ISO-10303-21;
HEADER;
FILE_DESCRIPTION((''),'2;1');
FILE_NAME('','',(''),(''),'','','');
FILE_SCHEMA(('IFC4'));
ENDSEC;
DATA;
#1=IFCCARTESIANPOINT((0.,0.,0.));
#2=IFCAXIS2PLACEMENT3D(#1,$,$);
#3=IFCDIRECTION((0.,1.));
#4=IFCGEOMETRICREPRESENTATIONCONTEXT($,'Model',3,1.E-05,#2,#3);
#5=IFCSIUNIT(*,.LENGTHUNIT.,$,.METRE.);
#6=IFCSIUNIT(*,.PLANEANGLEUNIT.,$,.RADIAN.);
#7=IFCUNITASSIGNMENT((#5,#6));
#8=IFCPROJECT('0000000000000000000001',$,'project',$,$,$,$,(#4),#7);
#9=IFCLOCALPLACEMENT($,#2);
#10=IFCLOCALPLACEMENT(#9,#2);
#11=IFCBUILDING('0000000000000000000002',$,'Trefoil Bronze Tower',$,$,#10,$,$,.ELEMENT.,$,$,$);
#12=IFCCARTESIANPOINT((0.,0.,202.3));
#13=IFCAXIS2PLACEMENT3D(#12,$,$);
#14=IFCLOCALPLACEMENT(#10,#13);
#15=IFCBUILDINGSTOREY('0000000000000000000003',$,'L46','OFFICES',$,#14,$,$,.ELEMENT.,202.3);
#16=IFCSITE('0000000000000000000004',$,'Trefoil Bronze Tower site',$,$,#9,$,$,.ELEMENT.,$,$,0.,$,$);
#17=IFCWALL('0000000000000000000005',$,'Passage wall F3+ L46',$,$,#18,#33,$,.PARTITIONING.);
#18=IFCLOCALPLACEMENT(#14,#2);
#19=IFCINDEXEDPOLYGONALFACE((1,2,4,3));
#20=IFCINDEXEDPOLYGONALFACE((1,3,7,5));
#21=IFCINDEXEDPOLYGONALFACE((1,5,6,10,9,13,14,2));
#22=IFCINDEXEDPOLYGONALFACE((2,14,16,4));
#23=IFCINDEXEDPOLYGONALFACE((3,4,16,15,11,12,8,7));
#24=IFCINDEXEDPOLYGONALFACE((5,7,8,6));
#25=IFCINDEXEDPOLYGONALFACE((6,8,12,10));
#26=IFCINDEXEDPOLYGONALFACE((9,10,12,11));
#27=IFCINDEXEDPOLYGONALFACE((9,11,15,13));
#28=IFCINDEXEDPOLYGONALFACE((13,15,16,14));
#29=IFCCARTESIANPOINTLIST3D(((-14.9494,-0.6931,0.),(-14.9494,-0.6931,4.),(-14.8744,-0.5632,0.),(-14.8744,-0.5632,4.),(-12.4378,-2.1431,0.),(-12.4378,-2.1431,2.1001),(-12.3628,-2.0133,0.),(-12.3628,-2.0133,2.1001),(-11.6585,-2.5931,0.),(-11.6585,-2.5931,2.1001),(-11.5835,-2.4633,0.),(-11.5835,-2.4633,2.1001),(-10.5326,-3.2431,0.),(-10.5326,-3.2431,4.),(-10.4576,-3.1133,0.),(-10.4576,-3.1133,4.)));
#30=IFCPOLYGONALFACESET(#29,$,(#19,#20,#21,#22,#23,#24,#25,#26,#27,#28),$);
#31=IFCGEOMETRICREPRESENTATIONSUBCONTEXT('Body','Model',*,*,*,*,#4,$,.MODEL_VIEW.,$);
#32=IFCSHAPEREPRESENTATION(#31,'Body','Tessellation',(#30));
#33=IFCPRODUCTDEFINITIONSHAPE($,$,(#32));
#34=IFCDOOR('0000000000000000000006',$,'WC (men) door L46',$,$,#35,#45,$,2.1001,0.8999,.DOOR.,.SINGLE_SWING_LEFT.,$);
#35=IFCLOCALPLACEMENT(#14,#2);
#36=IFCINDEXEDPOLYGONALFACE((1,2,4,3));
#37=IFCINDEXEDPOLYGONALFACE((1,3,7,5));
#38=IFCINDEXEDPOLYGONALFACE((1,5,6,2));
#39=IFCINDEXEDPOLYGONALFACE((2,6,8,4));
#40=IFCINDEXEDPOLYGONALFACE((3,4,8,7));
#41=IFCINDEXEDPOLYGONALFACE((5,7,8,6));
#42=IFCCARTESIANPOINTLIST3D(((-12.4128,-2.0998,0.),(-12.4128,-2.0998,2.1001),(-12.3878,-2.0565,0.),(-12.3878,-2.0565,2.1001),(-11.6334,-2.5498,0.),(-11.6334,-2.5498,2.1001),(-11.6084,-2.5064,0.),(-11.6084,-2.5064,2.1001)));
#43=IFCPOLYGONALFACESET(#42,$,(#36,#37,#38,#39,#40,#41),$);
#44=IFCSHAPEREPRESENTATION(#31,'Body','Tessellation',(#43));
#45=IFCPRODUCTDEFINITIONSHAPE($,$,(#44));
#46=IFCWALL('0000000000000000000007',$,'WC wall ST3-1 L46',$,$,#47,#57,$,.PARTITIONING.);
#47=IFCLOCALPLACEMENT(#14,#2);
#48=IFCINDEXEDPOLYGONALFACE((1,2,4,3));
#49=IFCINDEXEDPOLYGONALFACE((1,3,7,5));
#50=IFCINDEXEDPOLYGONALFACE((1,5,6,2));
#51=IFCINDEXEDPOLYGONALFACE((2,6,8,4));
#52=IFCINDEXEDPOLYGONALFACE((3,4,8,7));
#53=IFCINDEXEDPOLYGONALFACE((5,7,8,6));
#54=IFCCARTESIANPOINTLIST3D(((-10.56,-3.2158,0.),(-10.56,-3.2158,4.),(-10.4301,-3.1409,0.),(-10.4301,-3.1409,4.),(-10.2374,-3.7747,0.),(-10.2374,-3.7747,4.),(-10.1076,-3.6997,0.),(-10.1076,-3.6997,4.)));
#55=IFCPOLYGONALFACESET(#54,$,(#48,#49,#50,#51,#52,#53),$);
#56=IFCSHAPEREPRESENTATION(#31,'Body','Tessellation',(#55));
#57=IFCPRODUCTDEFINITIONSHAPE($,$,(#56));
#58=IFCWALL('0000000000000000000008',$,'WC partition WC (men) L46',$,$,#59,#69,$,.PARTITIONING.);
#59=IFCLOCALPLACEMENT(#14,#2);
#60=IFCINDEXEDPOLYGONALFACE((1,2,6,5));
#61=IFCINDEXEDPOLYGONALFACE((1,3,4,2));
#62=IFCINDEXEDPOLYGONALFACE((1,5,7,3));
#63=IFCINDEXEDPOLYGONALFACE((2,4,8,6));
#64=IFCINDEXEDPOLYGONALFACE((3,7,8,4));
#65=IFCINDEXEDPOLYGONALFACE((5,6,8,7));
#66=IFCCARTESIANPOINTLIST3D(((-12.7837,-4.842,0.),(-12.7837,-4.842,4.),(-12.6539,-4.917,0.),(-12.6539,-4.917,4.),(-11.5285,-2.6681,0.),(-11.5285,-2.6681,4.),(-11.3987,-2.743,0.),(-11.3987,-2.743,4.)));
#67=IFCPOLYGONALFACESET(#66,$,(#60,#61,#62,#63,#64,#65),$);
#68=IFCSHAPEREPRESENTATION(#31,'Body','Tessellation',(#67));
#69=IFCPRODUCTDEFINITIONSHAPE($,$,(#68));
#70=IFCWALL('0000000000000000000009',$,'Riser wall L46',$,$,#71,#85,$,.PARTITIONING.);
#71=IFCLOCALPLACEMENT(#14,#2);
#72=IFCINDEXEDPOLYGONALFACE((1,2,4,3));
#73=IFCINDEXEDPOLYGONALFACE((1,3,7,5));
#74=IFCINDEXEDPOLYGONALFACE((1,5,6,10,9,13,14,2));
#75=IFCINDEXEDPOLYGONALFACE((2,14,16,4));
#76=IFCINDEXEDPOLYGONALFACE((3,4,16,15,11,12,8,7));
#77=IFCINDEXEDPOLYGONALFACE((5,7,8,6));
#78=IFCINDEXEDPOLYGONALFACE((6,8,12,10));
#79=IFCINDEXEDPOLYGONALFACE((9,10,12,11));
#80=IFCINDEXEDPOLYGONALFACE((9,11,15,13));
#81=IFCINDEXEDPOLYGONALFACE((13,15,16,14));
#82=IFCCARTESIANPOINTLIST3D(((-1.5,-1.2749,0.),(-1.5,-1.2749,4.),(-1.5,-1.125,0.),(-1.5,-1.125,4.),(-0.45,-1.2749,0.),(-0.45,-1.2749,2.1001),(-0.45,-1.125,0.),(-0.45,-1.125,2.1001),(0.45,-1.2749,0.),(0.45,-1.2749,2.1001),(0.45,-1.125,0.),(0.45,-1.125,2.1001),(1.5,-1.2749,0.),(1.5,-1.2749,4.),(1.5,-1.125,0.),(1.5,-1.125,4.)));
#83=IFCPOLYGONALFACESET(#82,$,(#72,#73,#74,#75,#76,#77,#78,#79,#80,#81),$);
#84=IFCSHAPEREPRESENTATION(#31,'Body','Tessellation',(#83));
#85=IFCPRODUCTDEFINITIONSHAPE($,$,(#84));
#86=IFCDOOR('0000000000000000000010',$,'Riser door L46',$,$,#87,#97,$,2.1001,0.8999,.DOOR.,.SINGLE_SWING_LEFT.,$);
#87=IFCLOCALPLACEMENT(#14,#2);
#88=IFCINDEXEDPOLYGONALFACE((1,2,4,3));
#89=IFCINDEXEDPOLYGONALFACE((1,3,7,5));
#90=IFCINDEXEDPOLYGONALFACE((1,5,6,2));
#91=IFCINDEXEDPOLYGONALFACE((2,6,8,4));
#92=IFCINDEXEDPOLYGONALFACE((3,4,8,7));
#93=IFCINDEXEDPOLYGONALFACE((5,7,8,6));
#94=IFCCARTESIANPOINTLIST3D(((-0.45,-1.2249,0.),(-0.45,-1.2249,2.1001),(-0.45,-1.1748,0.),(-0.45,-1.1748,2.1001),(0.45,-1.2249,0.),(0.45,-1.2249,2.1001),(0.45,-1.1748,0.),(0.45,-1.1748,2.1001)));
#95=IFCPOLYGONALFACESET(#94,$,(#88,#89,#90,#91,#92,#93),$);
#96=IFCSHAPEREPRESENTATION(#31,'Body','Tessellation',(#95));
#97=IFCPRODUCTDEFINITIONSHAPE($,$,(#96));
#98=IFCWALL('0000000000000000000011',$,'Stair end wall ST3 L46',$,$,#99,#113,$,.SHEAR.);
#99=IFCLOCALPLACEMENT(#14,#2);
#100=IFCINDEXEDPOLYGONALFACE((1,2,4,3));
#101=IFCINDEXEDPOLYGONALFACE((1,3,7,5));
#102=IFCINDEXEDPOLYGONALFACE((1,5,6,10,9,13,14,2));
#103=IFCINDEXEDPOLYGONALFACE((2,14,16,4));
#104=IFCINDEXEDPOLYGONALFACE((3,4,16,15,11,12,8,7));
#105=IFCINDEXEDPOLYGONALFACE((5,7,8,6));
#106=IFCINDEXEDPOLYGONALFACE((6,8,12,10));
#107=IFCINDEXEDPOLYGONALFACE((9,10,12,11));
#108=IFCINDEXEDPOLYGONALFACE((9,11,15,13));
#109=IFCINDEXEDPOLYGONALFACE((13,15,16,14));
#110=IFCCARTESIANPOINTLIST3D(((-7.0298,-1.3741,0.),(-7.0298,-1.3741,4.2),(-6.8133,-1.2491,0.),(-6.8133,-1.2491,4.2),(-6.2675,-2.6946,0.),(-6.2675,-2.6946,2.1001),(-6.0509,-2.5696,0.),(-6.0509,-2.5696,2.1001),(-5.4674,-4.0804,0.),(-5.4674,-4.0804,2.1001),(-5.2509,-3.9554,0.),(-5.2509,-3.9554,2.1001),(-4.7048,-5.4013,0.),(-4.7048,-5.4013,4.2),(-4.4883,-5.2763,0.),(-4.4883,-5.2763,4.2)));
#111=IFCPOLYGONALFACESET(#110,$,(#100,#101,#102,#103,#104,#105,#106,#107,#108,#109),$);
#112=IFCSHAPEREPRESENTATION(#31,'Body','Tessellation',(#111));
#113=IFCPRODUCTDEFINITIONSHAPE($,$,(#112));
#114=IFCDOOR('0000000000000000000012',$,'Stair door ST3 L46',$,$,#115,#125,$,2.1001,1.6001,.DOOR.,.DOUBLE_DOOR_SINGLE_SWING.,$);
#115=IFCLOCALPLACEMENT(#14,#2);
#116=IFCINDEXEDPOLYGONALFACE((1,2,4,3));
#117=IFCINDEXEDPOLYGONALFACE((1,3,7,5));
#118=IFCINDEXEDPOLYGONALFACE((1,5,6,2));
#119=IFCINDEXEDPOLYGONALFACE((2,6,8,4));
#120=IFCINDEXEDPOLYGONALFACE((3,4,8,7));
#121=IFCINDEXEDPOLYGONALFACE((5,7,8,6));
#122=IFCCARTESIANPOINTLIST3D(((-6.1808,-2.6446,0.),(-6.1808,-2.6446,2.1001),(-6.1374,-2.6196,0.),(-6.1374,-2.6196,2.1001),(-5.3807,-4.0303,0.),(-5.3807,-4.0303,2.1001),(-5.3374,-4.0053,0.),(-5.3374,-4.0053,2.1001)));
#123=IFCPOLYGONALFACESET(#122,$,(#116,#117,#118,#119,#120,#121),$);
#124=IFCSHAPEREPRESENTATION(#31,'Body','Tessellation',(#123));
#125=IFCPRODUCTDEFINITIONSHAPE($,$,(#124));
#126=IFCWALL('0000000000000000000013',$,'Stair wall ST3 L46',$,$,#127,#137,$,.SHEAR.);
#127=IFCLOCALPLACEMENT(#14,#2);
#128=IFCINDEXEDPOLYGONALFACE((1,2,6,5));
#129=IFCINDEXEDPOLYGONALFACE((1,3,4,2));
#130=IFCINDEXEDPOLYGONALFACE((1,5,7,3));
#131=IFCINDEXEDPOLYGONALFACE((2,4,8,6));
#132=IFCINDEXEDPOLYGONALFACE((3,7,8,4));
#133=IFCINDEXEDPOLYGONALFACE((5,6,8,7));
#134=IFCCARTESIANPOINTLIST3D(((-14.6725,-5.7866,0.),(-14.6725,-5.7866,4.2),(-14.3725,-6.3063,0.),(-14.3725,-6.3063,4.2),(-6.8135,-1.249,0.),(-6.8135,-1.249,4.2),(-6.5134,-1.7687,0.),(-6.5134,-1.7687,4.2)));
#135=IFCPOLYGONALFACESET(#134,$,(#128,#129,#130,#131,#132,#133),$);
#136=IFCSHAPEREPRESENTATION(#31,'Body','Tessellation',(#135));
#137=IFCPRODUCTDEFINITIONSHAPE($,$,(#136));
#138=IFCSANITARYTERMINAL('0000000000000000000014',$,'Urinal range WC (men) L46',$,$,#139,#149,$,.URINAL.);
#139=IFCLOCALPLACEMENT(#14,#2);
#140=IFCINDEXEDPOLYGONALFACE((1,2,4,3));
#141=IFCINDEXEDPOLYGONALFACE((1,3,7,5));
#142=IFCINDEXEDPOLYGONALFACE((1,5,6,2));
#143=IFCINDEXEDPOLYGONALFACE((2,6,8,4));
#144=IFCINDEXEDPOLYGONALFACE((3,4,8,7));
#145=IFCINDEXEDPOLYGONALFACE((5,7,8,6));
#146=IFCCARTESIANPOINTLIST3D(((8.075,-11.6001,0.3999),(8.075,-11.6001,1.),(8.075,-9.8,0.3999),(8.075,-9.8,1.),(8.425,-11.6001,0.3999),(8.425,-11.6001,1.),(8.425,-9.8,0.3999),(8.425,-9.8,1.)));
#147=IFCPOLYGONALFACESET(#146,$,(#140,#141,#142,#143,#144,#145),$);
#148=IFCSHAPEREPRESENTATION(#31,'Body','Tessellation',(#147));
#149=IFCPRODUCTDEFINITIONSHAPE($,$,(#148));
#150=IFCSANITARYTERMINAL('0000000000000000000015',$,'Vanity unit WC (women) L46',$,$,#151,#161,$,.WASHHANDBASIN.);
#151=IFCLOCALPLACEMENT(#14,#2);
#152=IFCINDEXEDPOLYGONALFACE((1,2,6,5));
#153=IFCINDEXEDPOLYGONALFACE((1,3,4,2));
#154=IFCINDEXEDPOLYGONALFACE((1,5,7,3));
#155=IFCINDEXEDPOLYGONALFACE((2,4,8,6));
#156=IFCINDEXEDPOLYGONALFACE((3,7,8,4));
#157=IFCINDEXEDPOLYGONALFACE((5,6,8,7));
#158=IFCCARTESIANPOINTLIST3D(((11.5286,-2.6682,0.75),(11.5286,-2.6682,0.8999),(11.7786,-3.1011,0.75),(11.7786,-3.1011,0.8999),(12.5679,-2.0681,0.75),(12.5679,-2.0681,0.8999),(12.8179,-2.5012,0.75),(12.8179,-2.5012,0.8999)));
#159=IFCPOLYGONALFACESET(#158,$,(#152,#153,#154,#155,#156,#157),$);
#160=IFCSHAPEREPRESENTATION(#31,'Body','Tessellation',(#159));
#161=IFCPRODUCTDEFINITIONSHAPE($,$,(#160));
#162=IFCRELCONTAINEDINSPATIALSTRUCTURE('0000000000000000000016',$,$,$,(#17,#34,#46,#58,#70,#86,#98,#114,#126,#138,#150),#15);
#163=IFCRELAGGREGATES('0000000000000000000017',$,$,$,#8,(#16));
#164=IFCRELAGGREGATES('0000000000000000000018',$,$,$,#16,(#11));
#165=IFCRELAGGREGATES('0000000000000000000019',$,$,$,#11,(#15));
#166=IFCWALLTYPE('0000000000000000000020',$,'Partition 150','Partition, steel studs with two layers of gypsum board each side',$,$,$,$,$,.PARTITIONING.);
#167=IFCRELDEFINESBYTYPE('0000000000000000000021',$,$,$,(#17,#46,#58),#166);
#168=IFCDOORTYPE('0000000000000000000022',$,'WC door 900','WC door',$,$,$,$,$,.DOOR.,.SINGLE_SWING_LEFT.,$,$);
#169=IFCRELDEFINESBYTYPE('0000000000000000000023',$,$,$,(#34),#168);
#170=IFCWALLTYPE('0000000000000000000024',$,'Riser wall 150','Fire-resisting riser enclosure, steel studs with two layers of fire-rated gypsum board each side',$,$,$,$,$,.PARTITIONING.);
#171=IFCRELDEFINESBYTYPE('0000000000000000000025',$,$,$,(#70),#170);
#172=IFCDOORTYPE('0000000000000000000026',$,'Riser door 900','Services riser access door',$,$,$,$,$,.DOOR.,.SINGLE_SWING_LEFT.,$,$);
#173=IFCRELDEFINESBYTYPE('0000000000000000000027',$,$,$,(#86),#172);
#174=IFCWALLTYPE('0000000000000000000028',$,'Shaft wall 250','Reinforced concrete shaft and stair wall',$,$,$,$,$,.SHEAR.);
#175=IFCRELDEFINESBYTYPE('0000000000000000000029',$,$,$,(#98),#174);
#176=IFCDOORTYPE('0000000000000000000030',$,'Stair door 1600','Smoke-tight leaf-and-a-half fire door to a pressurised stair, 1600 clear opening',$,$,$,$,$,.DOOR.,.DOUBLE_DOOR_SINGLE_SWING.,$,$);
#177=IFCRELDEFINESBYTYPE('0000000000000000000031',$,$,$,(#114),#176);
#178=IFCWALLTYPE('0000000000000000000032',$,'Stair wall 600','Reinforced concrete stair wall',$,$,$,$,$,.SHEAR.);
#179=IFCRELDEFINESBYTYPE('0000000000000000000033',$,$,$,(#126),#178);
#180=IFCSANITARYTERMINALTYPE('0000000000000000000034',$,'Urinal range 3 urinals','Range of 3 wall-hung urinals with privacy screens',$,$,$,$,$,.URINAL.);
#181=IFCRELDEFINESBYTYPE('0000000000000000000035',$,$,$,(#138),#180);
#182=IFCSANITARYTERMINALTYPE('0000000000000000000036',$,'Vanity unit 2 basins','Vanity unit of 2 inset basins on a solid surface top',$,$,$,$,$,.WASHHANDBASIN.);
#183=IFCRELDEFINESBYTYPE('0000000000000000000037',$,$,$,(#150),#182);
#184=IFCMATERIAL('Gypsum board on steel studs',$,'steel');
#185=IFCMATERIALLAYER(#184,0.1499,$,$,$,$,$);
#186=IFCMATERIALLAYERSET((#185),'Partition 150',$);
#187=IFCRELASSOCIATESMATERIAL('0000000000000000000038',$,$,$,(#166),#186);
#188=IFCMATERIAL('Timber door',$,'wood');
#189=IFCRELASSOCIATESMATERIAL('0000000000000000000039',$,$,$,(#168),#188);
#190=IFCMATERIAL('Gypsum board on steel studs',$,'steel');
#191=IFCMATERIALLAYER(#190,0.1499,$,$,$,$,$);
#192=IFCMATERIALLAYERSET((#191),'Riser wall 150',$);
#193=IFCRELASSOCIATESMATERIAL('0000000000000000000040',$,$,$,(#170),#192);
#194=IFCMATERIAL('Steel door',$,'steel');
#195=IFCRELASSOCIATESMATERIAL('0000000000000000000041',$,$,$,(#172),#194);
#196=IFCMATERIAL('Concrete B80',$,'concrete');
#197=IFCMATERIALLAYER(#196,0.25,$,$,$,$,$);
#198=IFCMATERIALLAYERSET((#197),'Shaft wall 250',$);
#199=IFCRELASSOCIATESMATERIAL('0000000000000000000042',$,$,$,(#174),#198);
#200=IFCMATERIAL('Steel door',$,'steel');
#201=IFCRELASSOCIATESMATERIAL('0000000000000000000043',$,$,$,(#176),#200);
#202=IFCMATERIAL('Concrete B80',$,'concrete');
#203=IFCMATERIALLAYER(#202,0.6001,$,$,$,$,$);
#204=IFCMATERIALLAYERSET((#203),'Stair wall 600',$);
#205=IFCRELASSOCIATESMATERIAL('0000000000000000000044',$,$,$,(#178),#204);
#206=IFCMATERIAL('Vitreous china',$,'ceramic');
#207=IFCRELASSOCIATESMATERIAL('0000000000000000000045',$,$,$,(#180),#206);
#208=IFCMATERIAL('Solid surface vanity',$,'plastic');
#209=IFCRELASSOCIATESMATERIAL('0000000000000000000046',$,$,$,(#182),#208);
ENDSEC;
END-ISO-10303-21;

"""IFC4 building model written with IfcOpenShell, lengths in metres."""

from ifc_helpers import new_model, si_unit, direction, frame, frame_2d, origin, place, context, subcontext, project, spatial, polyline, rectangle, outline, extrude, material, layer, layer_set, type_object, element, fill, save


model = new_model("IFC4")

# Units and contexts
model_context = context("Model", 3, precision=1e-05, world=origin(), true_north=direction((0.0, 1.0)))
body_context = subcontext(model_context, "Body", "Model", "MODEL_VIEW")
ifc_project = project(units=[si_unit("LENGTHUNIT", "METRE"), si_unit("PLANEANGLEUNIT", "RADIAN")], contexts=[model_context])

# Site, building, storey
site_placement = place(None, origin())
site = spatial("IfcSite", under=ifc_project, at=site_placement, Name="Trefoil Bronze Tower site", CompositionType="ELEMENT", RefElevation=0.0)
building_placement = place(site_placement, origin())
building = spatial("IfcBuilding", under=site, at=building_placement, Name="Trefoil Bronze Tower", CompositionType="ELEMENT")
storey_placement = place(building_placement, frame((0.0, 0.0, 202.3)))
storey = spatial("IfcBuildingStorey", under=building, at=storey_placement, Name="L46", Description="OFFICES", CompositionType="ELEMENT", Elevation=202.3)

# Wall, opening, door
ifc_material_1 = material(Name="Gypsum board on steel studs", Category="steel")
ifc_layer_1 = layer(ifc_material_1, 0.1499)
ifc_layer_set_1 = layer_set([ifc_layer_1], Name="Partition 150")
wall_type_1 = type_object("IfcWallType", Name="Partition 150", Description="Partition, steel studs with two layers of gypsum board each side", PredefinedType="PARTITIONING", material=ifc_layer_set_1)
wall_1_placement = place(storey_placement, frame((-10.4951, -3.1782, 0.0), z_axis=(0.0, 0.0, 1.0), x_axis=(-0.866022, 0.500006, 0.0)))
wall_1 = element("IfcWall", 1, at=wall_1_placement, inside=storey, type_object=wall_type_1, Name="Passage wall F3+ L46", PredefinedType="PARTITIONING", context=body_context, shape_type="SweptSolid", body=[
    extrude(rectangle(XDim=5.1001, YDim=0.1499, at=frame_2d((2.55, 0.0))), origin(), (0.0, 0.0, 1.0), 4.0),
])
opening_1_placement = place(wall_1_placement, frame((1.3, 0.0, 0.0)))
opening_1 = element("IfcOpeningElement", 2, at=opening_1_placement, cuts=wall_1, PredefinedType="OPENING", context=body_context, shape_type="SweptSolid", body=[
    extrude(rectangle(XDim=0.8999, YDim=2.1001, at=frame_2d((0.45, 1.05))), frame((0.0, 0.085, 0.0), z_axis=(0.0, -1.0, 0.0), x_axis=(1.0, 0.0, 0.0)), (0.0, 0.0, 1.0), 0.1699),
])
ifc_material_2 = material(Name="Timber door", Category="wood")
door_type_1 = type_object("IfcDoorType", Name="WC door 900", Description="WC door", OperationType="SINGLE_SWING_LEFT", PredefinedType="DOOR", material=ifc_material_2)
door_1_placement = place(opening_1_placement, origin())
door_1 = element("IfcDoor", 3, at=door_1_placement, inside=storey, type_object=door_type_1, Name="WC (men) door L46", OperationType="SINGLE_SWING_LEFT", OverallHeight=2.1001, OverallWidth=0.8999, PredefinedType="DOOR", context=body_context, shape_type="SweptSolid", body=[
    extrude(rectangle(XDim=0.8999, YDim=2.1001, at=frame_2d((0.45, 1.05))), frame((0.0, 0.0249, 0.0), z_axis=(0.0, -1.0, 0.0), x_axis=(1.0, 0.0, 0.0)), (0.0, 0.0, 1.0), 0.05),
])
fill(opening_1, door_1)

# Walls
wall_2_placement = place(storey_placement, frame((-10.4951, -3.1782, 0.0), z_axis=(0.0, 0.0, 1.0), x_axis=(0.499843, -0.866116, 0.0)))
element("IfcWall", 4, at=wall_2_placement, inside=storey, type_object=wall_type_1, Name="WC wall ST3-1 L46", PredefinedType="PARTITIONING", context=body_context, shape_type="SweptSolid", body=[
    extrude(rectangle(XDim=0.6453, YDim=0.1499, at=frame_2d((0.3228, 0.0))), origin(), (0.0, 0.0, 1.0), 4.0),
])
wall_3_placement = place(storey_placement, frame((-11.4636, -2.7056, 0.0), z_axis=(0.0, 0.0, 1.0), x_axis=(-0.50002, -0.866014, 0.0)))
element("IfcWall", 5, at=wall_3_placement, inside=storey, type_object=wall_type_1, Name="WC partition WC (men) L46", PredefinedType="PARTITIONING", context=body_context, shape_type="SweptSolid", body=[
    extrude(rectangle(XDim=2.5103, YDim=0.1499, at=frame_2d((1.2551, 0.0))), origin(), (0.0, 0.0, 1.0), 4.0),
])

# Walls, openings, doors
ifc_material_3 = material(Name="Gypsum board on steel studs", Category="steel")
ifc_layer_2 = layer(ifc_material_3, 0.1499)
ifc_layer_set_2 = layer_set([ifc_layer_2], Name="Riser wall 150")
wall_type_2 = type_object("IfcWallType", Name="Riser wall 150", Description="Fire-resisting riser enclosure, steel studs with two layers of fire-rated gypsum board each side", PredefinedType="PARTITIONING", material=ifc_layer_set_2)
wall_4_placement = place(storey_placement, frame((-1.5, -1.2, 0.0), z_axis=(0.0, 0.0, 1.0), x_axis=(1.0, 0.0, 0.0)))
wall_4 = element("IfcWall", 6, at=wall_4_placement, inside=storey, type_object=wall_type_2, Name="Riser wall L46", PredefinedType="PARTITIONING", context=body_context, shape_type="SweptSolid", body=[
    extrude(rectangle(XDim=3.0, YDim=0.1499, at=frame_2d((1.5, 0.0))), origin(), (0.0, 0.0, 1.0), 4.0),
])
opening_2_placement = place(wall_4_placement, frame((1.05, 0.0, 0.0)))
opening_2 = element("IfcOpeningElement", 7, at=opening_2_placement, cuts=wall_4, PredefinedType="OPENING", context=body_context, shape_type="SweptSolid", body=[
    extrude(rectangle(XDim=0.8999, YDim=2.1001, at=frame_2d((0.45, 1.05))), frame((0.0, 0.085, 0.0), z_axis=(0.0, -1.0, 0.0), x_axis=(1.0, 0.0, 0.0)), (0.0, 0.0, 1.0), 0.1699),
])
ifc_material_4 = material(Name="Steel door", Category="steel")
door_type_2 = type_object("IfcDoorType", Name="Riser door 900", Description="Services riser access door", OperationType="SINGLE_SWING_LEFT", PredefinedType="DOOR", material=ifc_material_4)
door_2_placement = place(opening_2_placement, frame((0.8999, 0.0, 0.0), z_axis=(0.0, 0.0, 1.0), x_axis=(-1.0, 0.0, 0.0)))
door_2 = element("IfcDoor", 8, at=door_2_placement, inside=storey, type_object=door_type_2, Name="Riser door L46", OperationType="SINGLE_SWING_LEFT", OverallHeight=2.1001, OverallWidth=0.8999, PredefinedType="DOOR", context=body_context, shape_type="SweptSolid", body=[
    extrude(rectangle(XDim=0.8999, YDim=2.1001, at=frame_2d((0.45, 1.05))), frame((0.0, 0.0249, 0.0), z_axis=(0.0, -1.0, 0.0), x_axis=(1.0, 0.0, 0.0)), (0.0, 0.0, 1.0), 0.05),
])
fill(opening_2, door_2)
ifc_material_5 = material(Name="Concrete B80", Category="concrete")
ifc_layer_3 = layer(ifc_material_5, 0.25)
ifc_layer_set_3 = layer_set([ifc_layer_3], Name="Shaft wall 250")
wall_type_3 = type_object("IfcWallType", Name="Shaft wall 250", Description="Reinforced concrete shaft and stair wall", PredefinedType="SHEAR", material=ifc_layer_set_3)
wall_5_placement = place(storey_placement, frame((-6.9216, -1.3115, 0.0), z_axis=(0.0, 0.0, 1.0), x_axis=(0.499985, -0.866034, 0.0)))
wall_5 = element("IfcWall", 9, at=wall_5_placement, inside=storey, type_object=wall_type_3, Name="Stair end wall ST3 L46", PredefinedType="SHEAR", context=body_context, shape_type="SweptSolid", body=[
    extrude(rectangle(XDim=4.6501, YDim=0.25, at=frame_2d((2.3252, 0.0))), origin(), (0.0, 0.0, 1.0), 4.2),
])
opening_3_placement = place(wall_5_placement, frame((1.5249, 0.0, 0.0)))
opening_3 = element("IfcOpeningElement", 10, at=opening_3_placement, cuts=wall_5, PredefinedType="OPENING", context=body_context, shape_type="SweptSolid", body=[
    extrude(rectangle(XDim=1.6001, YDim=2.1001, at=frame_2d((0.8, 1.05))), frame((0.0, 0.135, 0.0), z_axis=(0.0, -1.0, 0.0), x_axis=(1.0, 0.0, 0.0)), (0.0, 0.0, 1.0), 0.27),
])
ifc_material_6 = material(Name="Steel door", Category="steel")
door_type_3 = type_object("IfcDoorType", Name="Stair door 1600", Description="Smoke-tight leaf-and-a-half fire door to a pressurised stair, 1600 clear opening", OperationType="DOUBLE_DOOR_SINGLE_SWING", PredefinedType="DOOR", material=ifc_material_6)
door_3_placement = place(opening_3_placement, frame((1.6001, 0.0, 0.0), z_axis=(0.0, 0.0, 1.0), x_axis=(-1.0, 0.0, 0.0)))
door_3 = element("IfcDoor", 11, at=door_3_placement, inside=storey, type_object=door_type_3, Name="Stair door ST3 L46", OperationType="DOUBLE_DOOR_SINGLE_SWING", OverallHeight=2.1001, OverallWidth=1.6001, PredefinedType="DOOR", context=body_context, shape_type="SweptSolid", body=[
    extrude(rectangle(XDim=1.6001, YDim=2.1001, at=frame_2d((0.8, 1.05))), frame((0.0, 0.0249, 0.0), z_axis=(0.0, -1.0, 0.0), x_axis=(1.0, 0.0, 0.0)), (0.0, 0.0, 1.0), 0.05),
])
fill(opening_3, door_3)

# Wall
ifc_material_7 = material(Name="Concrete B80", Category="concrete")
ifc_layer_4 = layer(ifc_material_7, 0.6001)
ifc_layer_set_4 = layer_set([ifc_layer_4], Name="Stair wall 600")
wall_type_4 = type_object("IfcWallType", Name="Stair wall 600", Description="Reinforced concrete stair wall", PredefinedType="SHEAR", material=ifc_layer_set_4)
wall_6_placement = place(storey_placement, frame((-6.6633, -1.5088, 0.0), z_axis=(0.0, 0.0, 1.0), x_axis=(-0.866019, -0.50001, 0.0)))
element("IfcWall", 12, at=wall_6_placement, inside=storey, type_object=wall_type_4, Name="Stair wall ST3 L46", PredefinedType="SHEAR", context=body_context, shape_type="SweptSolid", body=[
    extrude(rectangle(XDim=9.075, YDim=0.6001, at=frame_2d((4.5376, 0.0))), origin(), (0.0, 0.0, 1.0), 4.2),
])

# Sanitary terminals
ifc_material_8 = material(Name="Vitreous china", Category="ceramic")
sanitary_terminal_type_1 = type_object("IfcSanitaryTerminalType", Name="Urinal range 3 urinals", Description="Range of 3 wall-hung urinals with privacy screens", PredefinedType="URINAL", material=ifc_material_8)
sanitary_terminal_1_placement = place(storey_placement, frame((0.0, 0.0, 0.3999)))
element("IfcSanitaryTerminal", 13, at=sanitary_terminal_1_placement, inside=storey, type_object=sanitary_terminal_type_1, Name="Urinal range WC (men) L46", PredefinedType="URINAL", context=body_context, shape_type="SweptSolid", body=[
    extrude(outline(polyline([(8.075, -9.8), (8.425, -9.8), (8.425, -11.6001), (8.075, -11.6001), (8.075, -9.8)])), origin(), (0.0, 0.0, 1.0), 0.6001),
])
ifc_material_9 = material(Name="Solid surface vanity", Category="plastic")
sanitary_terminal_type_2 = type_object("IfcSanitaryTerminalType", Name="Vanity unit 2 basins", Description="Vanity unit of 2 inset basins on a solid surface top", PredefinedType="WASHHANDBASIN", material=ifc_material_9)
sanitary_terminal_2_placement = place(storey_placement, frame((0.0, 0.0, 0.75)))
element("IfcSanitaryTerminal", 14, at=sanitary_terminal_2_placement, inside=storey, type_object=sanitary_terminal_type_2, Name="Vanity unit WC (women) L46", PredefinedType="WASHHANDBASIN", context=body_context, shape_type="SweptSolid", body=[
    extrude(outline(polyline([(11.5286, -2.6682), (11.7786, -3.1011), (12.8179, -2.5012), (12.5679, -2.0681), (11.5286, -2.6682)])), origin(), (0.0, 0.0, 1.0), 0.1499),
])

save(model, "model.ifc")
